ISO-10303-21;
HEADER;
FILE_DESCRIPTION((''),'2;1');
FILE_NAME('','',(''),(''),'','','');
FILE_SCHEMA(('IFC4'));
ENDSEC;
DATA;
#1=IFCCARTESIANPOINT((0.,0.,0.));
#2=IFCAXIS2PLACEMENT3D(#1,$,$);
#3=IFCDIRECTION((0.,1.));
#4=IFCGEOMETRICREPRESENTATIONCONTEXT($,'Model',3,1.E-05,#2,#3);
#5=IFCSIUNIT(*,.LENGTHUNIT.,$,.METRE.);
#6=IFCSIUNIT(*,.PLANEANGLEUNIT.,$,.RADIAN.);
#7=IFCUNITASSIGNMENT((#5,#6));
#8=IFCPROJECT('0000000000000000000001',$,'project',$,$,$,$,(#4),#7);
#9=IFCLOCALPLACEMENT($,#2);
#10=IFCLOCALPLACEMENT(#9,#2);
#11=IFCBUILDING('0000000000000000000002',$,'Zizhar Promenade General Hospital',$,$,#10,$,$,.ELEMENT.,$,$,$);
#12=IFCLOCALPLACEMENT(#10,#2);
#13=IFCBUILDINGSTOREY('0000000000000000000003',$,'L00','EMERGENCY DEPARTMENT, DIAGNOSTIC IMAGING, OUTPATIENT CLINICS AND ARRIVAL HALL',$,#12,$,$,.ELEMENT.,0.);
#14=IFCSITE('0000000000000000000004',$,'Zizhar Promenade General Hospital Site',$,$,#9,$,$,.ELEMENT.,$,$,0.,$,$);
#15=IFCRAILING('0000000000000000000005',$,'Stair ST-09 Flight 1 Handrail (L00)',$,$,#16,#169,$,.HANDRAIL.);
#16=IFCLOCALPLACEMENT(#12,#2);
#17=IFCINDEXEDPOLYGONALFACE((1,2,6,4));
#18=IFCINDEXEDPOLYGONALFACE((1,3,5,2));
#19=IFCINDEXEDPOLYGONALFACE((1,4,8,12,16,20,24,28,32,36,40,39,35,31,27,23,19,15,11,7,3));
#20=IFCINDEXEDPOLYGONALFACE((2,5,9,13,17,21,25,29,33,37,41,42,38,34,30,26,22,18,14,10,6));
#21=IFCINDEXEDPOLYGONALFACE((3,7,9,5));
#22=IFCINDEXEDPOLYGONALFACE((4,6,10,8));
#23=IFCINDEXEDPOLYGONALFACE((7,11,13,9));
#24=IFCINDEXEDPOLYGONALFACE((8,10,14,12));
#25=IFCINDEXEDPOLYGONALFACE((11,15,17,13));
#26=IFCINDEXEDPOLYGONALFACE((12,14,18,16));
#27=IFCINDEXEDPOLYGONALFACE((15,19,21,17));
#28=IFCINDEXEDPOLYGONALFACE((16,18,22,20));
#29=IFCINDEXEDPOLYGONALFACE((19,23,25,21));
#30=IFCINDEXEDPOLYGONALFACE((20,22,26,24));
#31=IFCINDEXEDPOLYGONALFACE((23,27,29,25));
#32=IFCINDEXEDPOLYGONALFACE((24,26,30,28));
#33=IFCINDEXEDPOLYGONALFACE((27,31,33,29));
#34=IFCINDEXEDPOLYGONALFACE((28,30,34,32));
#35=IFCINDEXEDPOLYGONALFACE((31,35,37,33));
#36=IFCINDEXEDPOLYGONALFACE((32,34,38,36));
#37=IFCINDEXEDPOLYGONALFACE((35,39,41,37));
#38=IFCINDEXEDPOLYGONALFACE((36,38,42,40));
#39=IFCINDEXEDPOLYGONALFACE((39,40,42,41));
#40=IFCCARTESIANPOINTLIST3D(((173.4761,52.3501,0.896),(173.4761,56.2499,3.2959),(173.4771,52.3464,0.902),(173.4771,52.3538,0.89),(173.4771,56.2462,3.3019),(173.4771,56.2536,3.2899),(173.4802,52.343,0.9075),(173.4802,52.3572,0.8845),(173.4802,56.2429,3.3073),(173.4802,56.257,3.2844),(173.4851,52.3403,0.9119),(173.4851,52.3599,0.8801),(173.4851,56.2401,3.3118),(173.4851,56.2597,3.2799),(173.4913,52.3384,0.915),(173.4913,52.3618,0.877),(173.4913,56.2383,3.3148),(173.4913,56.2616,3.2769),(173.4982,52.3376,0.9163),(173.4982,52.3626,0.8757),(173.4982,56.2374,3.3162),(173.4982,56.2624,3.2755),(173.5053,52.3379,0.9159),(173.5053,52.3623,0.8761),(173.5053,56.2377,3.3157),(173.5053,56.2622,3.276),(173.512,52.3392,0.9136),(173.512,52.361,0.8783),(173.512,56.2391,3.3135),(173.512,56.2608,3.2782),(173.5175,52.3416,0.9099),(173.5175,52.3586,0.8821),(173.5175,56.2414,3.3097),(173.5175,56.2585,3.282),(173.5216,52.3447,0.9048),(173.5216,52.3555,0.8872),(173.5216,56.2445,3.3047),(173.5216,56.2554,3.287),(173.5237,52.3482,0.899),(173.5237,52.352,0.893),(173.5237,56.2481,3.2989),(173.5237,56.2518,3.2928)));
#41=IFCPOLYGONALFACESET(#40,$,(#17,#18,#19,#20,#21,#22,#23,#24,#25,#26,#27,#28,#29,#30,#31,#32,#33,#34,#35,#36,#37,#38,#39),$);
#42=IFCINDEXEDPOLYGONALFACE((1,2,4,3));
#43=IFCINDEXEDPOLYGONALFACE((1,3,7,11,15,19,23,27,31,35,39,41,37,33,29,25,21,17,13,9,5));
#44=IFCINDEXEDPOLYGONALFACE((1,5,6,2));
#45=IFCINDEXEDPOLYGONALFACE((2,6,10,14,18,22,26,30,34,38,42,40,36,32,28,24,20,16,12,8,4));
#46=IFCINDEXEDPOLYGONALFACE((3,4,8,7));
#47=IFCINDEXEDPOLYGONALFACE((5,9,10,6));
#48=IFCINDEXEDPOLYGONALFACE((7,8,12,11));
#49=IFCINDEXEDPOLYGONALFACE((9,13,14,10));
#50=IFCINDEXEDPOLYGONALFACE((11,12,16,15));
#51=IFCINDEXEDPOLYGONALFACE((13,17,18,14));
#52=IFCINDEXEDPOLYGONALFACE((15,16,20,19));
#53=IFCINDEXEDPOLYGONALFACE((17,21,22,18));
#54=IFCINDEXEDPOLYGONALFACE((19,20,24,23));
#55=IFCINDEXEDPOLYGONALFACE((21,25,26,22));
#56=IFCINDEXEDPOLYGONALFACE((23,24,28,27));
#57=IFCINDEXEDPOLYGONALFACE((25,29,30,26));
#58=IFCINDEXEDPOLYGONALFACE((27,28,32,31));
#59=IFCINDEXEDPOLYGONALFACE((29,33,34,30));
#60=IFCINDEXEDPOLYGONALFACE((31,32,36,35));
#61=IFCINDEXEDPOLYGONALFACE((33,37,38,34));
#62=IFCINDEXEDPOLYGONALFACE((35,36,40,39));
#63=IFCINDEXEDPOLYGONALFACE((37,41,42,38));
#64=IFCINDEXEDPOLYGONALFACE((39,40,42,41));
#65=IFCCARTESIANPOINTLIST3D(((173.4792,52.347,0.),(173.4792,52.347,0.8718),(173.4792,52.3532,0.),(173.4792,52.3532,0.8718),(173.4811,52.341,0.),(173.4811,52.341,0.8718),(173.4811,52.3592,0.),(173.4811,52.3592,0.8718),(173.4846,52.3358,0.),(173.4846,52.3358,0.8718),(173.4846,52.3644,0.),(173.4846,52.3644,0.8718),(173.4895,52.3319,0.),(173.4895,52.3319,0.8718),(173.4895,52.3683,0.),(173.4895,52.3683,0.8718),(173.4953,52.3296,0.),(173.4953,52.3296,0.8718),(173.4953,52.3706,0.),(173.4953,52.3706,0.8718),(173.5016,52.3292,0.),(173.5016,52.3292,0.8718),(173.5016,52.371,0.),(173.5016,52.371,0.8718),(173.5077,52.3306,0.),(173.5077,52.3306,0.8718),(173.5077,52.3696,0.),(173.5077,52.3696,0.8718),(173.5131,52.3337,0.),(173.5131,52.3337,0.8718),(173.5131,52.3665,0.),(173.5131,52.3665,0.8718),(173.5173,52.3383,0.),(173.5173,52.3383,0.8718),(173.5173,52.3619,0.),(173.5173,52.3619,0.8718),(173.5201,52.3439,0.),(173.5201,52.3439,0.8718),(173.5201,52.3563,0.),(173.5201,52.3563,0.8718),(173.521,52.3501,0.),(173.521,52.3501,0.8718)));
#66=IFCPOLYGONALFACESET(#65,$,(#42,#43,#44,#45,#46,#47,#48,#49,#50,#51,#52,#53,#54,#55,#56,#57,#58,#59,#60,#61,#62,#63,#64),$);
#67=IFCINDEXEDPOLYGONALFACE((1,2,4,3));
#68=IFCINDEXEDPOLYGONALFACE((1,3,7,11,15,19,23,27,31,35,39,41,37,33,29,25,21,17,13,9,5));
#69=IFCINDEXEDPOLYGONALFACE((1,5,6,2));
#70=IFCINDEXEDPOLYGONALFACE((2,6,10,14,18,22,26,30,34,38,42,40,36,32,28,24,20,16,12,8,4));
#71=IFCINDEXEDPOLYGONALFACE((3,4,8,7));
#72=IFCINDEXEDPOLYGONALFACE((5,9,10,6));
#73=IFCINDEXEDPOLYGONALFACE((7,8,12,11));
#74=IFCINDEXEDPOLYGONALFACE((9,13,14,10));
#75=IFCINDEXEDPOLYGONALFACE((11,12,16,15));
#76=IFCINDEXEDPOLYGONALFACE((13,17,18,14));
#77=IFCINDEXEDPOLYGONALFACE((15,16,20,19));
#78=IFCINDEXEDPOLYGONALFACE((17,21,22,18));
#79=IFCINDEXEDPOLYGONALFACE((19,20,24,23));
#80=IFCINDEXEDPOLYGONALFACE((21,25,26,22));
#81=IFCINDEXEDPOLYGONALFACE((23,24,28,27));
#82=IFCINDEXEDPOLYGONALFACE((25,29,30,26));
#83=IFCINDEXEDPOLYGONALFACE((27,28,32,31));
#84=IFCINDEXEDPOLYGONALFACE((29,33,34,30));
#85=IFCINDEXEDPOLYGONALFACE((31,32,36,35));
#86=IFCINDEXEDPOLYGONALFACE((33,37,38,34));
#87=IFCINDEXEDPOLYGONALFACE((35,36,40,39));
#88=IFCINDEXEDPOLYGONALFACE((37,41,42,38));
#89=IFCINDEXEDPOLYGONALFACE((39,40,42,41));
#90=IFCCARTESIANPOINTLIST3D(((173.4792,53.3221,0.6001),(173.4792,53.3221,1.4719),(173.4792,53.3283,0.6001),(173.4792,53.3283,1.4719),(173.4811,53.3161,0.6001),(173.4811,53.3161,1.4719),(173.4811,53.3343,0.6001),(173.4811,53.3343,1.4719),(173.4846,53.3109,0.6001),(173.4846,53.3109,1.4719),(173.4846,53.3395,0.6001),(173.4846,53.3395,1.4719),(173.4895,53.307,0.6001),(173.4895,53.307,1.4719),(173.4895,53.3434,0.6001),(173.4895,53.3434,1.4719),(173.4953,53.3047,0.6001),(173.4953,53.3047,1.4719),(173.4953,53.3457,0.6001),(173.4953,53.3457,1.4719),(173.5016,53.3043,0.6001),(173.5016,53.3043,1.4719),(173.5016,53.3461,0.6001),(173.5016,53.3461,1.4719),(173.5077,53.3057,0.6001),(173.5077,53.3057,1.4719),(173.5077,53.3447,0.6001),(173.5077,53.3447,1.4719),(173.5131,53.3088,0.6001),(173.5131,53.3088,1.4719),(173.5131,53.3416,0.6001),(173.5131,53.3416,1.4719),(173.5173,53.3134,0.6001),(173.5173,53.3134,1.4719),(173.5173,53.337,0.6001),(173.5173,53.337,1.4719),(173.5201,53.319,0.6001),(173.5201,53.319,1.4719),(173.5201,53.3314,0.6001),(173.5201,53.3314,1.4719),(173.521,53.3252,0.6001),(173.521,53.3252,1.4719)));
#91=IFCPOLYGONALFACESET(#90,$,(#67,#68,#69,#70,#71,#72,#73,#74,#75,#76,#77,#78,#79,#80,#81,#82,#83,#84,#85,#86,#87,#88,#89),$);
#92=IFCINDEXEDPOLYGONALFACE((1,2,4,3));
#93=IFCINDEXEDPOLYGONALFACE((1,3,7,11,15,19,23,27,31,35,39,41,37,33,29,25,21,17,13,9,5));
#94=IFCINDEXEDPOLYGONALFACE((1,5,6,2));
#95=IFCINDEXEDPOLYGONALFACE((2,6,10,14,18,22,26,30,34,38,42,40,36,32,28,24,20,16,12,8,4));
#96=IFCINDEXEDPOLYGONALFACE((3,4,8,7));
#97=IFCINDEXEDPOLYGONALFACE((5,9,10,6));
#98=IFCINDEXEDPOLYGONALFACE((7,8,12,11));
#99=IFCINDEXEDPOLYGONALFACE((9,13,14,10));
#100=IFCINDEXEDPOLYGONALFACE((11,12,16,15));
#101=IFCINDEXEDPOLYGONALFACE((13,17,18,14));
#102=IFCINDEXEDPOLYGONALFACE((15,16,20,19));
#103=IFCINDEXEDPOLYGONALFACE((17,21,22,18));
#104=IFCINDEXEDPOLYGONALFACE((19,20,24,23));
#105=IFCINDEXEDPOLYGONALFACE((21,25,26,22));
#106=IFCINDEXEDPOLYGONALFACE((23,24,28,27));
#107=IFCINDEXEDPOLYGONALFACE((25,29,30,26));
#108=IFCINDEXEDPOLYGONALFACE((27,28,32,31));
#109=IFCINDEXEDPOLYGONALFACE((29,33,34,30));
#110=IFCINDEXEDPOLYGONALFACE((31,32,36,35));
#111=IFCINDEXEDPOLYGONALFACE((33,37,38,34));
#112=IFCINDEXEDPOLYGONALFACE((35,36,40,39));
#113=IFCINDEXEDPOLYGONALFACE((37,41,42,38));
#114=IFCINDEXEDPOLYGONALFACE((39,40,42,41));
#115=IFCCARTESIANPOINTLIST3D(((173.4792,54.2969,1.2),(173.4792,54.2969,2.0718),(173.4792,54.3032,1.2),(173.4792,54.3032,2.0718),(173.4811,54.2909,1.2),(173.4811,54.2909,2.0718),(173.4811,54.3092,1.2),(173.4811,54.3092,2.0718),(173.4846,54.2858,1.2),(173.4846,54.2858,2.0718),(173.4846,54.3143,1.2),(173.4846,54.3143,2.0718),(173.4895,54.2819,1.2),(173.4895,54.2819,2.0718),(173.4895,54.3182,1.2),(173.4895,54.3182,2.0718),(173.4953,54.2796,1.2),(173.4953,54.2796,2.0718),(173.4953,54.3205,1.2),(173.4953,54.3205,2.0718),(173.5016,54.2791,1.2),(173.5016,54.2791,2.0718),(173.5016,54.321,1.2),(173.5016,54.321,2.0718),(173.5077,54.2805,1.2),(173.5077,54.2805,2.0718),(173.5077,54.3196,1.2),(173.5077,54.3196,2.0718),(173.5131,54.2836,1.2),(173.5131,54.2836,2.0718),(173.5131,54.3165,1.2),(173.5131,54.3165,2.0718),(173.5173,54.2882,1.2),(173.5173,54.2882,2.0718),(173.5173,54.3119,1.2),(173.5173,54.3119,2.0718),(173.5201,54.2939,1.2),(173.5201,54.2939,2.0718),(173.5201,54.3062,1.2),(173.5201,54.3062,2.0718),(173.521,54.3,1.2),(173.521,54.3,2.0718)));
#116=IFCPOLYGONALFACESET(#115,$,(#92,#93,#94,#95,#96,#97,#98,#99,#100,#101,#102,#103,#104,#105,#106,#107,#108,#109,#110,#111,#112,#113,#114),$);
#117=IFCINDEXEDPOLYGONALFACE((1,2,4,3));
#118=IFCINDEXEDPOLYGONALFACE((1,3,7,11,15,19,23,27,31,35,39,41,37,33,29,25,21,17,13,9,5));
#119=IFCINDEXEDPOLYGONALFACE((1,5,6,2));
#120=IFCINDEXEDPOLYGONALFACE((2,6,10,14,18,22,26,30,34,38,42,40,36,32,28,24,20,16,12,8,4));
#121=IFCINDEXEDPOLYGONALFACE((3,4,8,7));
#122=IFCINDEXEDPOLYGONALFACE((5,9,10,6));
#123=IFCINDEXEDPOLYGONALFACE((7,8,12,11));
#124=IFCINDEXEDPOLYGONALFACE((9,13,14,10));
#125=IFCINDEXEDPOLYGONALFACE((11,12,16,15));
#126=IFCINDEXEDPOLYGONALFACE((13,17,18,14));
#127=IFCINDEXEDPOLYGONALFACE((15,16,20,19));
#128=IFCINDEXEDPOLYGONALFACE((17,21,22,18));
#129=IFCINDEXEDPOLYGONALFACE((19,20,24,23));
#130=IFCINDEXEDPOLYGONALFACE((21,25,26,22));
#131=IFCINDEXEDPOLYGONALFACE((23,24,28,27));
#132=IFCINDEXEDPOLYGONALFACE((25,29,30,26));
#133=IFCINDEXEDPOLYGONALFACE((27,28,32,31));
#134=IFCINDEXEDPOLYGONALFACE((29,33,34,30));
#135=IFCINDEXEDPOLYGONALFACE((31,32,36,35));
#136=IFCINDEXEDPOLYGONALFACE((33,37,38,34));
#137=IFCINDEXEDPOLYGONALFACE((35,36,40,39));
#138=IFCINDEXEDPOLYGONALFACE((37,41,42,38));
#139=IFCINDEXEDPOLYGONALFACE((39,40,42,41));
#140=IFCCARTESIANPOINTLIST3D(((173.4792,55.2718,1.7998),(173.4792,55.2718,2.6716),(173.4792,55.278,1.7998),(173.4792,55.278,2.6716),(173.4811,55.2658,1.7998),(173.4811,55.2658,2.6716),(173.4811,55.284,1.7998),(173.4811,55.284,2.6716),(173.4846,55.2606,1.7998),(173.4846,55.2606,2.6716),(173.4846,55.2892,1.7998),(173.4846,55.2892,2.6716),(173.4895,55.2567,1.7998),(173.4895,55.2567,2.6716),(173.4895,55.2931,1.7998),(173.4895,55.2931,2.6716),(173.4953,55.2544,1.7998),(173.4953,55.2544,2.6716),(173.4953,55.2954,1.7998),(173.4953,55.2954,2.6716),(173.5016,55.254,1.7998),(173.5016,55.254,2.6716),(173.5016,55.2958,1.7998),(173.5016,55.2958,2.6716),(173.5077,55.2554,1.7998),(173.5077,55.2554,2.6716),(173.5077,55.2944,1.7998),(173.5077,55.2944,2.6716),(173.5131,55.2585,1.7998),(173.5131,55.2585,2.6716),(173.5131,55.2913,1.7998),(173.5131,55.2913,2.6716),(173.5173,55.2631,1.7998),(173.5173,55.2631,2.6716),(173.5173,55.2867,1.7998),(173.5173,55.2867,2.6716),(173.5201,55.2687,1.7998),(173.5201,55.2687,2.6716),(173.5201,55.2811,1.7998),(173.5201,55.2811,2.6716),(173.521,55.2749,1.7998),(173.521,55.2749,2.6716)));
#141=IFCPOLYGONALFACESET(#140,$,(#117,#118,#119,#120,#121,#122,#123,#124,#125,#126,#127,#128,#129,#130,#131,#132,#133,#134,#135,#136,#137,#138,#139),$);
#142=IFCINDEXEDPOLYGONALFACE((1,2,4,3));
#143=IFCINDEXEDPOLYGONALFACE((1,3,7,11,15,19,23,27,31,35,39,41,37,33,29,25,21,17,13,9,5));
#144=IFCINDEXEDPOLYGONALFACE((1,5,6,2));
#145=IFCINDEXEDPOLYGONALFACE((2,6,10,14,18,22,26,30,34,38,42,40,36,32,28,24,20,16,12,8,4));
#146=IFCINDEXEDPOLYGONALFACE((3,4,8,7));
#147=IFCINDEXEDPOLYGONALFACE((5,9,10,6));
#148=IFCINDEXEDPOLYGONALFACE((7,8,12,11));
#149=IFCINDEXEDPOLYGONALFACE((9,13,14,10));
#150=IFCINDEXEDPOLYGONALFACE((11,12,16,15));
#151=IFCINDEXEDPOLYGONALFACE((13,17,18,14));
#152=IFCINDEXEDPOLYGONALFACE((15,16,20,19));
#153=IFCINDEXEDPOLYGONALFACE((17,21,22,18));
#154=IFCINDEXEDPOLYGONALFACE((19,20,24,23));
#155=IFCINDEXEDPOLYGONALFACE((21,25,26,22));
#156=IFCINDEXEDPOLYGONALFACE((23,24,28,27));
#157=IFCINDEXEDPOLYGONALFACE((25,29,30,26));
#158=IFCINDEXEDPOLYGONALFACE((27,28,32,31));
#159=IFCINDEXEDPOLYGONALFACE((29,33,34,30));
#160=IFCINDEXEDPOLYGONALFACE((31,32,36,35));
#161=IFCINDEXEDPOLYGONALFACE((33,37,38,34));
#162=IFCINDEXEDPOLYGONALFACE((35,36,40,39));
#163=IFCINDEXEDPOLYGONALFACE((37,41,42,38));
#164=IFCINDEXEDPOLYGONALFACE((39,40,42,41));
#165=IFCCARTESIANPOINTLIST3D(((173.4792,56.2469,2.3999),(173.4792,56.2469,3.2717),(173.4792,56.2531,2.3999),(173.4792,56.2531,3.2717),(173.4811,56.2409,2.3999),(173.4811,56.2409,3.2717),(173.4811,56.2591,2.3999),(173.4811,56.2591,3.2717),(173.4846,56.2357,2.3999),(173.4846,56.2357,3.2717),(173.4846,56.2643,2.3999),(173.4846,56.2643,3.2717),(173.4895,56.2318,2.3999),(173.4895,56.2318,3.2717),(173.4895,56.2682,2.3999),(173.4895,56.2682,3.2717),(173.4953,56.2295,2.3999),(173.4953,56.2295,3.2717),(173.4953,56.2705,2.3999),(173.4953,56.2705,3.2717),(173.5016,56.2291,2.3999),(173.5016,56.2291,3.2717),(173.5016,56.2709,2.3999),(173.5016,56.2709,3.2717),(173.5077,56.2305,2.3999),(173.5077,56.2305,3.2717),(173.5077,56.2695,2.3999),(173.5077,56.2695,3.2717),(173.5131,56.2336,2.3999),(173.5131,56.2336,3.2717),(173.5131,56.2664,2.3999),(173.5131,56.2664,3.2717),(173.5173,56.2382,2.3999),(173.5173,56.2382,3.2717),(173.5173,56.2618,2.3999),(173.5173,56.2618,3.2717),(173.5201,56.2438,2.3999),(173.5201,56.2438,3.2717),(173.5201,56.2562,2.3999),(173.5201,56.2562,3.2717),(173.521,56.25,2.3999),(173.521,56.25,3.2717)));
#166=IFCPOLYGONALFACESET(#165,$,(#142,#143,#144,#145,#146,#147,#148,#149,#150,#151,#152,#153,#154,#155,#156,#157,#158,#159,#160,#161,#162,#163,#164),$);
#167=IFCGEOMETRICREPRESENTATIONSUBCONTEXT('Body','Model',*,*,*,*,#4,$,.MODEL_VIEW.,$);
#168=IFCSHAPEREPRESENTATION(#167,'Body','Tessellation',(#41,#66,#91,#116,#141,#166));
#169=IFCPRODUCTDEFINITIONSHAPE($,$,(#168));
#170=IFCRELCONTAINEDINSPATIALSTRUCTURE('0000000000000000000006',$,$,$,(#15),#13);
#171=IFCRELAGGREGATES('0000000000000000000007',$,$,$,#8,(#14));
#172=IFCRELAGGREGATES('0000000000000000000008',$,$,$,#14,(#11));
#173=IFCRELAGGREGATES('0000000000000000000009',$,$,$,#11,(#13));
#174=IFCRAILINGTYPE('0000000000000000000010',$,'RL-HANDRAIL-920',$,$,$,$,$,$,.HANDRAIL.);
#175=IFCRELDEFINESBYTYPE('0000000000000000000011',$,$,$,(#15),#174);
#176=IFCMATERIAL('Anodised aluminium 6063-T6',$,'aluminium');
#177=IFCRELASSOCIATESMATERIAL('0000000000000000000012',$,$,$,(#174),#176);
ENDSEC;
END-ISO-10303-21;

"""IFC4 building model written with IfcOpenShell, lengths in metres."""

from ifc_helpers import new_model, si_unit, direction, frame, origin, origin_2d, place, context, subcontext, project, spatial, circle, hollow_circle, extrude, material, material_profile, profile_set, type_object, element, save


model = new_model("IFC4")

# Units and contexts
model_context = context("Model", 3, precision=1e-05, world=origin(), true_north=direction((0.0, 1.0)))
body_context = subcontext(model_context, "Body", "Model", "MODEL_VIEW")
ifc_project = project(units=[si_unit("LENGTHUNIT", "METRE"), si_unit("PLANEANGLEUNIT", "RADIAN")], contexts=[model_context])

# Site, building, storey
site_placement = place(None, origin())
site = spatial("IfcSite", under=ifc_project, at=site_placement, Name="Zizhar Promenade General Hospital Site", CompositionType="ELEMENT", RefElevation=0.0)
building_placement = place(site_placement, origin())
building = spatial("IfcBuilding", under=site, at=building_placement, Name="Zizhar Promenade General Hospital", CompositionType="ELEMENT")
storey_placement = place(building_placement, origin())
storey = spatial("IfcBuildingStorey", under=building, at=storey_placement, Name="L00", Description="EMERGENCY DEPARTMENT, DIAGNOSTIC IMAGING, OUTPATIENT CLINICS AND ARRIVAL HALL", CompositionType="ELEMENT", Elevation=0.0)

# Railing
ifc_material_1 = material(Name="Anodised aluminium 6063-T6", Category="aluminium")
ifc_material_profile_1 = material_profile(ifc_material_1, hollow_circle(Radius=0.0698, WallThickness=0.0063, at=origin_2d()))
ifc_profile_set_1 = profile_set([ifc_material_profile_1], Name="Anodised aluminium 6063-T6")
railing_type_1 = type_object("IfcRailingType", Name="RL-HANDRAIL-920", PredefinedType="HANDRAIL", material=ifc_profile_set_1)
railing_1_placement = place(storey_placement, frame((173.5, 52.3501, 0.0)))
element("IfcRailing", 1, at=railing_1_placement, inside=storey, type_object=railing_type_1, Name="Stair ST-09 Flight 1 Handrail (L00)", PredefinedType="HANDRAIL", context=body_context, shape_type="SweptSolid", body=[
    extrude(circle(Radius=0.0239, at=origin_2d()), frame((0.0, 0.0, 0.896), z_axis=(0.0, 0.851662, 0.524091), x_axis=(-1.0, 0.0, 0.0)), (0.0, 0.0, 1.0), 4.5791),
    extrude(circle(Radius=0.021, at=origin_2d()), origin(), (0.0, 0.0, 1.0), 0.8718),
    extrude(circle(Radius=0.021, at=origin_2d()), frame((0.0, 0.9751, 0.6001)), (0.0, 0.0, 1.0), 0.8718),
    extrude(circle(Radius=0.021, at=origin_2d()), frame((0.0, 1.95, 1.2)), (0.0, 0.0, 1.0), 0.8718),
    extrude(circle(Radius=0.021, at=origin_2d()), frame((0.0, 2.9248, 1.7998)), (0.0, 0.0, 1.0), 0.8718),
    extrude(circle(Radius=0.021, at=origin_2d()), frame((0.0, 3.8999, 2.3999)), (0.0, 0.0, 1.0), 0.8718),
])

save(model, "model.ifc")
